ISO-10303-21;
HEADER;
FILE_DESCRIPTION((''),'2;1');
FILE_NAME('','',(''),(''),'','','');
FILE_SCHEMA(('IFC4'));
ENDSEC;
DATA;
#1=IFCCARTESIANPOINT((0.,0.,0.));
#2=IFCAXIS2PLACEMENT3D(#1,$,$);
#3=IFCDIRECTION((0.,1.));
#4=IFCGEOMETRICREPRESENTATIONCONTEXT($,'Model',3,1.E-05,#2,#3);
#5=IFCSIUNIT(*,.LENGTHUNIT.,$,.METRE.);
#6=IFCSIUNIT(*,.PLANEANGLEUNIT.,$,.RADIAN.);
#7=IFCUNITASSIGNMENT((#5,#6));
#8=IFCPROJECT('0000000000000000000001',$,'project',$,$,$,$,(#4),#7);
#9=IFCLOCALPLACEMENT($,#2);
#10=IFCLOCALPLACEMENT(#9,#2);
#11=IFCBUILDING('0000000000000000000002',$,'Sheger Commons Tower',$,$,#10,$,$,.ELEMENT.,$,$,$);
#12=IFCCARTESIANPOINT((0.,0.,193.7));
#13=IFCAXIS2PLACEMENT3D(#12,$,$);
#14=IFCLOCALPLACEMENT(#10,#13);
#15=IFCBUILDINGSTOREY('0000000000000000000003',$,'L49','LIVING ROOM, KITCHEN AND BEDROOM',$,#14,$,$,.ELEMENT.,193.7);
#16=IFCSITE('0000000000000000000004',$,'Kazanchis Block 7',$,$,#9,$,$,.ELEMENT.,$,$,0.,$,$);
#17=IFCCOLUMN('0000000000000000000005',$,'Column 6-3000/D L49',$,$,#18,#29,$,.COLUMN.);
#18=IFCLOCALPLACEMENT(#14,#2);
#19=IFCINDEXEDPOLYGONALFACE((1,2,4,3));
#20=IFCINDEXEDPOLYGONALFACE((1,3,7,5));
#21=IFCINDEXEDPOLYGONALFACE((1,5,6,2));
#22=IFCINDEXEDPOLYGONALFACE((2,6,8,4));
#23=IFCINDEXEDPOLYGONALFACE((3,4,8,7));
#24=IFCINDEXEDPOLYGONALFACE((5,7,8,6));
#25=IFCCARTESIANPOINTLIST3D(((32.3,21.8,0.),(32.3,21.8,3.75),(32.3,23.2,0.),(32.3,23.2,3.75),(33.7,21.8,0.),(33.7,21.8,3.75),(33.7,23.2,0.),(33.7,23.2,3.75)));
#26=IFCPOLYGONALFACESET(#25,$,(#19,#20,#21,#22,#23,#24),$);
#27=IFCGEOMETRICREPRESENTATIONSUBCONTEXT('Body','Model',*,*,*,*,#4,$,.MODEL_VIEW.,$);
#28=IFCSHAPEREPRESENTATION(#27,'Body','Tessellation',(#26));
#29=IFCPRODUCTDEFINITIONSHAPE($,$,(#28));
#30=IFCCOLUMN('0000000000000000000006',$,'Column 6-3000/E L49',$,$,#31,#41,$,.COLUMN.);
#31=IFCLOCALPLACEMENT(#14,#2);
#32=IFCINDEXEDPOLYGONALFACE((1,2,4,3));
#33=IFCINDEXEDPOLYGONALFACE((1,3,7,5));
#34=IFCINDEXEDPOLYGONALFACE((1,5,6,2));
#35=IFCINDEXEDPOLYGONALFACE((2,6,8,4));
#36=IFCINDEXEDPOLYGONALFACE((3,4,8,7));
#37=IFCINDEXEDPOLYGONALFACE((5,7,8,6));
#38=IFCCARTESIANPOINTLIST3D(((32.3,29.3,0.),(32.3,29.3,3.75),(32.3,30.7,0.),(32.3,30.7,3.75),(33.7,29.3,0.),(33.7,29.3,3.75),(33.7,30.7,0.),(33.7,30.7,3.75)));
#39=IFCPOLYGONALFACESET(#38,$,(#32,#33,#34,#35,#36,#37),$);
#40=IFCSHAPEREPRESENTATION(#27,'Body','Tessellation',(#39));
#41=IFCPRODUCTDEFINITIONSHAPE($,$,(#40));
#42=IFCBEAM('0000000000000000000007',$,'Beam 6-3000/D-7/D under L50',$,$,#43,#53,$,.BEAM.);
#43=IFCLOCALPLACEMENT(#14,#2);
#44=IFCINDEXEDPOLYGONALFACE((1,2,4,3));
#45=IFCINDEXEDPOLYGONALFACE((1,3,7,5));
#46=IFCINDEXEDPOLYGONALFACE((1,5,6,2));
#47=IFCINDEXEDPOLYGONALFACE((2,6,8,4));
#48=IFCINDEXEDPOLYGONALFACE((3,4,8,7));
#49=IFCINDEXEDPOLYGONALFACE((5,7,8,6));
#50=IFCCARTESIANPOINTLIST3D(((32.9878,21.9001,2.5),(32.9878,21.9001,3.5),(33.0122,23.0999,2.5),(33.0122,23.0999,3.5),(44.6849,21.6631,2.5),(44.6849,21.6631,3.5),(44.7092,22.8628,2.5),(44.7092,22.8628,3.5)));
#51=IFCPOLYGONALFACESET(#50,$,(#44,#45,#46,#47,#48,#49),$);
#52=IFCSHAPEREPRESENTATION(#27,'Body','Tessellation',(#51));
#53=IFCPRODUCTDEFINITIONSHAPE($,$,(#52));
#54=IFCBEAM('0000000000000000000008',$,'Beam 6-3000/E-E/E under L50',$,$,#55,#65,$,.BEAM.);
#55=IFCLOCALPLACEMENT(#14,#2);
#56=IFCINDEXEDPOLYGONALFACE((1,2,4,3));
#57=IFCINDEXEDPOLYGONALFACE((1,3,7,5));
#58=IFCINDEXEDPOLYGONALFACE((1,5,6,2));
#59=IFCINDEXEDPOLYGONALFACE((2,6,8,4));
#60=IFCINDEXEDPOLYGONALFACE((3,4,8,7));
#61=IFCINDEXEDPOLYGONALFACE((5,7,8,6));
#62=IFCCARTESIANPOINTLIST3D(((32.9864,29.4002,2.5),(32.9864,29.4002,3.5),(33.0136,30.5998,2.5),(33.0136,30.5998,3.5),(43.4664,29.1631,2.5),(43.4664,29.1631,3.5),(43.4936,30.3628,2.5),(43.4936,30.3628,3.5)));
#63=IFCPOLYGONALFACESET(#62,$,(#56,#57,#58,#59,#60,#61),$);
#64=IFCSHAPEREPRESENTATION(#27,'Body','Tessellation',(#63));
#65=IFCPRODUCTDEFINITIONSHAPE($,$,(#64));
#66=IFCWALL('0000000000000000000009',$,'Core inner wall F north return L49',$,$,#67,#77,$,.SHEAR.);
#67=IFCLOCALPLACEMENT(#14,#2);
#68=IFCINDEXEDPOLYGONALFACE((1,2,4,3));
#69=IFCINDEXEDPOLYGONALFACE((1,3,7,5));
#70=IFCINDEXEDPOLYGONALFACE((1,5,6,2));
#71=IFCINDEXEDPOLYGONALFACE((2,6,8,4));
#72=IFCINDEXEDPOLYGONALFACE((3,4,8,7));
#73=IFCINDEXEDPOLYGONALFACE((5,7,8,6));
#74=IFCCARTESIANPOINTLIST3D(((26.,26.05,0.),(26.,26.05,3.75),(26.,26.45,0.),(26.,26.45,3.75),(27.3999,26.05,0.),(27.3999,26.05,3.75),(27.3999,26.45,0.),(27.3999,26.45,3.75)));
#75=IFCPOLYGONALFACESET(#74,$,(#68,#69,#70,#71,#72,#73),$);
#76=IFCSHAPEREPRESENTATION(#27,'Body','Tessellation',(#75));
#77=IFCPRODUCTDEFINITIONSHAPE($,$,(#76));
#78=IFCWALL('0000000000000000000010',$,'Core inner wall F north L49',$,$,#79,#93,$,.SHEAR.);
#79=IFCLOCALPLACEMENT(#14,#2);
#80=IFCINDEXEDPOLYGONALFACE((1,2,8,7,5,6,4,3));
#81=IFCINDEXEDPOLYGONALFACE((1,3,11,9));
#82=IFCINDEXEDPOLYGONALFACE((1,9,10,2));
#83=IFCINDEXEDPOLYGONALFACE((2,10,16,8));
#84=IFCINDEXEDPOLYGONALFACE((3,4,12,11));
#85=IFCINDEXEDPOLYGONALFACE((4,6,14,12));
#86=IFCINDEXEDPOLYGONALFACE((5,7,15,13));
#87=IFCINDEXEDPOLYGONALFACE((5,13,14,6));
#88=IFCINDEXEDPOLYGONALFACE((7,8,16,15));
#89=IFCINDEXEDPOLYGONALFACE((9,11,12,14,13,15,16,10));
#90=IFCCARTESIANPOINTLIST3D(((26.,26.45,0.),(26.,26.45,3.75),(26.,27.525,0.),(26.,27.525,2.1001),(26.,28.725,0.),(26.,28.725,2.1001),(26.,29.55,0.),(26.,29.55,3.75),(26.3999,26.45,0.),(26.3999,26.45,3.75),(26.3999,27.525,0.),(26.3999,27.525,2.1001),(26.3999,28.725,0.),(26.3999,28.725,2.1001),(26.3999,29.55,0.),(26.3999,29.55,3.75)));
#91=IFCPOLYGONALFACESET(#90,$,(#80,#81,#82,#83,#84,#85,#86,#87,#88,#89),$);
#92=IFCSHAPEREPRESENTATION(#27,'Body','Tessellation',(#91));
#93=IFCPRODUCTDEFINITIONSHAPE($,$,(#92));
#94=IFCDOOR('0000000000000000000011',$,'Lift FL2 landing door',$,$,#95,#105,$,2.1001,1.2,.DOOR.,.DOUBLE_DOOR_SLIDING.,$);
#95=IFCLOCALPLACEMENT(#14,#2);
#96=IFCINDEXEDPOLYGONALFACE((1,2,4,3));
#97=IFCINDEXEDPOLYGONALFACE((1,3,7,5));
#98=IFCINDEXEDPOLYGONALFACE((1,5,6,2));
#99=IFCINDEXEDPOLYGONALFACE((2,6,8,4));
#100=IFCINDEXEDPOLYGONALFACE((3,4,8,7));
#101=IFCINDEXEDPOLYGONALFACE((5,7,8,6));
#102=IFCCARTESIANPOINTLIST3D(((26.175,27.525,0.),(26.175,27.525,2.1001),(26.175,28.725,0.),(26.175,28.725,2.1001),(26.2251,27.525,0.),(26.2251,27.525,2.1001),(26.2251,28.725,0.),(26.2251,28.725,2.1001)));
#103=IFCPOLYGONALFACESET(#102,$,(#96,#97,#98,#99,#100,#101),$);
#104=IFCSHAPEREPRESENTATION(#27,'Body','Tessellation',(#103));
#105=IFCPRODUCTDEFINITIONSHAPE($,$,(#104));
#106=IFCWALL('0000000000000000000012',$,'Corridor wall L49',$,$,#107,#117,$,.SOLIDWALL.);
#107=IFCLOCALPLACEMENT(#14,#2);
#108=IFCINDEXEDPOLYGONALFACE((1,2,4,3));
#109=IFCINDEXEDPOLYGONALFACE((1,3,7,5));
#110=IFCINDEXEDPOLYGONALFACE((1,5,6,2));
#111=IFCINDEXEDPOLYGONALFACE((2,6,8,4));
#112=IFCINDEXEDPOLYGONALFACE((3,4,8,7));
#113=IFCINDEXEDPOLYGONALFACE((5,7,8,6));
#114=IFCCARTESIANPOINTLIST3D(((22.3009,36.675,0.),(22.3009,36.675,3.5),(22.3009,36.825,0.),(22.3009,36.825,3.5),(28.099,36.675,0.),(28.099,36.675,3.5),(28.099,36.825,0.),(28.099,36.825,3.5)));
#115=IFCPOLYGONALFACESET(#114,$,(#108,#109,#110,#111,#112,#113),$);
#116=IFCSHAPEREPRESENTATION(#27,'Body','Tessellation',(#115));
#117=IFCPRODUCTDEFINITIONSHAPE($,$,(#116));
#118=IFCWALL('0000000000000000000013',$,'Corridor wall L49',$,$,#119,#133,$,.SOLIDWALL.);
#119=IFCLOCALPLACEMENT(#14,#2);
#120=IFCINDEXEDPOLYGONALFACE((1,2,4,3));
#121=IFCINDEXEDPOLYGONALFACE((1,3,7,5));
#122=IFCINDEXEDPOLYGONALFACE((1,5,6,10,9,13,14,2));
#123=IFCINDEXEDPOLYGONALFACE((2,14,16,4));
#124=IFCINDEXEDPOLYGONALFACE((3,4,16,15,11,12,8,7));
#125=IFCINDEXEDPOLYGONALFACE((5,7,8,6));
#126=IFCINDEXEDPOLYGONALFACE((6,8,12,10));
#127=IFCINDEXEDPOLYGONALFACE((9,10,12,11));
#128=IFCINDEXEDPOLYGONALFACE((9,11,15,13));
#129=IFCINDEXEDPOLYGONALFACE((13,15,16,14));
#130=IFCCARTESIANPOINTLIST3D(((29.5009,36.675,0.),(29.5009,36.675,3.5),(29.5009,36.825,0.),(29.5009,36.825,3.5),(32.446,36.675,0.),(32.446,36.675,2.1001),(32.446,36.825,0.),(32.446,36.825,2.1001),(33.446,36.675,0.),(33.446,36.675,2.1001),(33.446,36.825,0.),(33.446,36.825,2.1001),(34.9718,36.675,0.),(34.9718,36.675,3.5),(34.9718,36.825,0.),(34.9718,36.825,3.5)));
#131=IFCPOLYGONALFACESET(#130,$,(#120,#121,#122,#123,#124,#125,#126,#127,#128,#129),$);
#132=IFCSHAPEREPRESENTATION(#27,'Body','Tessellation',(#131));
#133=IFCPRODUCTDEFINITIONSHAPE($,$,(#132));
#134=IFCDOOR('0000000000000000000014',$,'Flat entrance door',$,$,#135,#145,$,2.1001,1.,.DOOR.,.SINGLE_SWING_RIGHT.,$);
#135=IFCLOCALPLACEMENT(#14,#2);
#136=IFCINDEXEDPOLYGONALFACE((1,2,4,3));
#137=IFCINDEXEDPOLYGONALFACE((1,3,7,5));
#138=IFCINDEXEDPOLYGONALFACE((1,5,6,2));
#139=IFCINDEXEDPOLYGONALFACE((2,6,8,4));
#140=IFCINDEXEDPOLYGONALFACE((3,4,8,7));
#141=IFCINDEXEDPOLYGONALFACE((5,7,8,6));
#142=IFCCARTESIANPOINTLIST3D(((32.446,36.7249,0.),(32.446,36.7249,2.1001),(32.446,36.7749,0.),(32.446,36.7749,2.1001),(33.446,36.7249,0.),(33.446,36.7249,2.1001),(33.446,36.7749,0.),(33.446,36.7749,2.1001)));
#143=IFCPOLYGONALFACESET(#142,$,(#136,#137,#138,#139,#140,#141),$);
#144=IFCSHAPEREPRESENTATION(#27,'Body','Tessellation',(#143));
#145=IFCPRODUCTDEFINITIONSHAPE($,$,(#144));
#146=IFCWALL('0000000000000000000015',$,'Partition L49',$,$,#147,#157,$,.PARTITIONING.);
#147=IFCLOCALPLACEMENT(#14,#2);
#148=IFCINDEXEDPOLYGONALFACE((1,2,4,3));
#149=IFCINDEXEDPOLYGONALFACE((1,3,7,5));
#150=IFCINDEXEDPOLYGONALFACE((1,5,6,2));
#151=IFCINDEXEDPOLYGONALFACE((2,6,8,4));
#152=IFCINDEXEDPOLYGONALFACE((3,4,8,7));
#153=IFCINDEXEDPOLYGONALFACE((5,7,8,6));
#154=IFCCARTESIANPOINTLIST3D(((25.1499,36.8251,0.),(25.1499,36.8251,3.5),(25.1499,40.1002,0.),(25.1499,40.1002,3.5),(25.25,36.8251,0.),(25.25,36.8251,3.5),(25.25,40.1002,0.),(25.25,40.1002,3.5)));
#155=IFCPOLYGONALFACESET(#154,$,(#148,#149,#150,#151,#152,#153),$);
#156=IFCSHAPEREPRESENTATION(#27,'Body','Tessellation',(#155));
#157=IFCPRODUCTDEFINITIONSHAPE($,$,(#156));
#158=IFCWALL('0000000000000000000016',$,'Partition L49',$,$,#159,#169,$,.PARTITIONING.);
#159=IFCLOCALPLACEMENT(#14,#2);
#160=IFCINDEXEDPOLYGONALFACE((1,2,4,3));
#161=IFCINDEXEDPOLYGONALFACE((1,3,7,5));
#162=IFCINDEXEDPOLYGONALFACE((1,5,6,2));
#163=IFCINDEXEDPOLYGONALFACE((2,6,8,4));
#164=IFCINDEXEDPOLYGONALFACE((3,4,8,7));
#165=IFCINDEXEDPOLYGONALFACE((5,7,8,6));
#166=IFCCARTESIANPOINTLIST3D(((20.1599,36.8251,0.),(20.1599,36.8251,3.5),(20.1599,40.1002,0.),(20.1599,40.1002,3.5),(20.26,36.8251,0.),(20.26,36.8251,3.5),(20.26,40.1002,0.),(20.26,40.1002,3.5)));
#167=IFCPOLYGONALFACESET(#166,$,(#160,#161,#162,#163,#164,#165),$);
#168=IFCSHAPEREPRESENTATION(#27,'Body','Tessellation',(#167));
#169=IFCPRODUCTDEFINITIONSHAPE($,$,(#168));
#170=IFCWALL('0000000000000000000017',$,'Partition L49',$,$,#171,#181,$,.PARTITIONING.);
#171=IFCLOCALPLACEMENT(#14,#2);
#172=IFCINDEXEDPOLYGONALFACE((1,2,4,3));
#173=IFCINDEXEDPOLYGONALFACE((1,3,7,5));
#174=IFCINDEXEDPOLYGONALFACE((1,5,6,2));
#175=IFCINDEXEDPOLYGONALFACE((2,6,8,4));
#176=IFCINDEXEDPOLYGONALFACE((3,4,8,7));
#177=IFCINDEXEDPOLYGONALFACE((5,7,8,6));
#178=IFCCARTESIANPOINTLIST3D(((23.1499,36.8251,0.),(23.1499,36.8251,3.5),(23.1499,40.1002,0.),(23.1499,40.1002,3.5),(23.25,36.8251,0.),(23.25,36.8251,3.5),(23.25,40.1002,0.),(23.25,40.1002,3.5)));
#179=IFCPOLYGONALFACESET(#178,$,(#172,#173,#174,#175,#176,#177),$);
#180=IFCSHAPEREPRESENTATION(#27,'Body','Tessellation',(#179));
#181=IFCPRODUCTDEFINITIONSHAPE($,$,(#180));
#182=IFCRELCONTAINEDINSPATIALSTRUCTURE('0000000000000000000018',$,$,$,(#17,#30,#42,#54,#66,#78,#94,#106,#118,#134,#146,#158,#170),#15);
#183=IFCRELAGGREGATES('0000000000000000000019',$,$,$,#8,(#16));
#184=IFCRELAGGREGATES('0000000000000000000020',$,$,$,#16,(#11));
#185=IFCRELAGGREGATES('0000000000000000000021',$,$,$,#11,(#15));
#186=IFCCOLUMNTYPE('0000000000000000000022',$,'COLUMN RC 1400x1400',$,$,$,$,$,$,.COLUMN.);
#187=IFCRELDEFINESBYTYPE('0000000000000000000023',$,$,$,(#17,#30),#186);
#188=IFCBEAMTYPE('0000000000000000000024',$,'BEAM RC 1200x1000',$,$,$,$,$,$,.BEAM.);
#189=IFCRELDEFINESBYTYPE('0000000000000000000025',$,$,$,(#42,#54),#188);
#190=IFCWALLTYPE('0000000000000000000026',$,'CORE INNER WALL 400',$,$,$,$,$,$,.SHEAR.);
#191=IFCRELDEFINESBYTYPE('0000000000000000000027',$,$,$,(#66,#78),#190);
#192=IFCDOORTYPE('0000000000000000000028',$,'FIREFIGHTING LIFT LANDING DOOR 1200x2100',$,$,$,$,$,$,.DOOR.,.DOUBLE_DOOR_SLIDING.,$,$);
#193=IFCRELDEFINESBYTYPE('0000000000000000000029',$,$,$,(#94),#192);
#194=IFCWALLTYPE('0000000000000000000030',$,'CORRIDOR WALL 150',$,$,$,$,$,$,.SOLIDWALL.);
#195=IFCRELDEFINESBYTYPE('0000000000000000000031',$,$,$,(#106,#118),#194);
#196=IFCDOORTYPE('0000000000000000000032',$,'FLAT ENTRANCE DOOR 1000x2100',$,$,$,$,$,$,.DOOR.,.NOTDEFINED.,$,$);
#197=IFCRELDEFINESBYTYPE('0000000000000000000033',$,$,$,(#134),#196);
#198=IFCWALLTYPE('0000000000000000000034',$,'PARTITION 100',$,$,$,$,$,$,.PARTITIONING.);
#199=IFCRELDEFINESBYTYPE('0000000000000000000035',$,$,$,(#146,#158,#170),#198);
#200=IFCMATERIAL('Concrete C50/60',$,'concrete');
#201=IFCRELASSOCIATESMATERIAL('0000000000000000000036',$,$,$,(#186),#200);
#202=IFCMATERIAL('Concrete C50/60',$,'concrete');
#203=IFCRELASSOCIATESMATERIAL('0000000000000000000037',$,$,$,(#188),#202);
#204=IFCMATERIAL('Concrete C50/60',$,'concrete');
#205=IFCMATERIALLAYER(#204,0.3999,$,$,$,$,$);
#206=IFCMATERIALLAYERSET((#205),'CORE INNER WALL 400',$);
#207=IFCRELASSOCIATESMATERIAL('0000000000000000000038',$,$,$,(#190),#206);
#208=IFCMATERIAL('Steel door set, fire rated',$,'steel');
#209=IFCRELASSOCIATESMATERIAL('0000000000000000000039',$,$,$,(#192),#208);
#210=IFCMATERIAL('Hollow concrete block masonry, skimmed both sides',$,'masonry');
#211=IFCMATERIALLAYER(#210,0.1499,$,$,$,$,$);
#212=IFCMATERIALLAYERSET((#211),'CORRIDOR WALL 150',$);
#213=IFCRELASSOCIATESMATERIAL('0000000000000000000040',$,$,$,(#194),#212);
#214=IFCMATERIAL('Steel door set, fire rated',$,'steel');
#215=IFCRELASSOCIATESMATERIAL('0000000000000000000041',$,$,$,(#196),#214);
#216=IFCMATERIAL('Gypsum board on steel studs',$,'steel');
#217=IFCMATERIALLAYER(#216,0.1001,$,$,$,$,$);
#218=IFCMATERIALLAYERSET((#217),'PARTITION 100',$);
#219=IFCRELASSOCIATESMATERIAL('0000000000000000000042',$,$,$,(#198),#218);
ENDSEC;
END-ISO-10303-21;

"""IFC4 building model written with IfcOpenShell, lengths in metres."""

from ifc_helpers import new_model, si_unit, direction, frame, frame_2d, origin, origin_2d, place, context, subcontext, project, spatial, rectangle, extrude, material, layer, layer_set, material_profile, profile_set, type_object, element, fill, save


model = new_model("IFC4")

# Units and contexts
model_context = context("Model", 3, precision=1e-05, world=origin(), true_north=direction((0.0, 1.0)))
body_context = subcontext(model_context, "Body", "Model", "MODEL_VIEW")
ifc_project = project(units=[si_unit("LENGTHUNIT", "METRE"), si_unit("PLANEANGLEUNIT", "RADIAN")], contexts=[model_context])

# Site, building, storey
site_placement = place(None, origin())
site = spatial("IfcSite", under=ifc_project, at=site_placement, Name="Kazanchis Block 7", CompositionType="ELEMENT", RefElevation=0.0)
building_placement = place(site_placement, origin())
building = spatial("IfcBuilding", under=site, at=building_placement, Name="Sheger Commons Tower", CompositionType="ELEMENT")
storey_placement = place(building_placement, frame((0.0, 0.0, 193.7)))
storey = spatial("IfcBuildingStorey", under=building, at=storey_placement, Name="L49", Description="LIVING ROOM, KITCHEN AND BEDROOM", CompositionType="ELEMENT", Elevation=193.7)

# Columns
ifc_material_1 = material(Name="Concrete C50/60", Category="concrete")
ifc_material_profile_1 = material_profile(ifc_material_1, rectangle(XDim=1.3999, YDim=1.3999, at=origin_2d()), Name="RC 1400x1400")
ifc_profile_set_1 = profile_set([ifc_material_profile_1], Name="Concrete C50/60")
column_type = type_object("IfcColumnType", Name="COLUMN RC 1400x1400", PredefinedType="COLUMN", material=ifc_profile_set_1)
for number, where, z_axis, x_axis, name in (
    (1, (33.0, 22.5, 0.0), (0.0, 0.0, 1.0), (1.0, 0.0, 0.0), "Column 6-3000/D L49"),
    (2, (33.0, 30.0, 0.0), (0.0, 0.0, 1.0), (1.0, 0.0, 0.0), "Column 6-3000/E L49"),
):
    element("IfcColumn", number, at=place(storey_placement, frame(where, z_axis=z_axis, x_axis=x_axis)), inside=storey, type_object=column_type, Name=name, PredefinedType="COLUMN", context=body_context, shape_type="SweptSolid", body=[
        extrude(rectangle(XDim=1.3999, YDim=1.3999, at=origin_2d()), origin(), (0.0, 0.0, 1.0), 3.75),
    ])

# Beams
ifc_material_2 = material(Name="Concrete C50/60", Category="concrete")
ifc_material_profile_2 = material_profile(ifc_material_2, rectangle(XDim=1.2, YDim=1.0, at=origin_2d()), Name="RC 1200x1000")
ifc_profile_set_2 = profile_set([ifc_material_profile_2], Name="Concrete C50/60")
beam_type = type_object("IfcBeamType", Name="BEAM RC 1200x1000", PredefinedType="BEAM", material=ifc_profile_set_2)
beam_1_placement = place(storey_placement, frame((33.0, 22.5, 3.0), z_axis=(0.999795, -0.020263, 0.0), x_axis=(0.020263, 0.999795, 0.0)))
element("IfcBeam", 3, at=beam_1_placement, inside=storey, type_object=beam_type, Name="Beam 6-3000/D-7/D under L50", PredefinedType="BEAM", context=body_context, shape_type="SweptSolid", body=[
    extrude(rectangle(XDim=1.2, YDim=1.0, at=origin_2d()), origin(), (0.0, 0.0, 1.0), 11.6995),
])
beam_2_placement = place(storey_placement, frame((33.0, 30.0, 3.0), z_axis=(0.999744, -0.022615, 0.0), x_axis=(0.022615, 0.999744, 0.0)))
element("IfcBeam", 4, at=beam_2_placement, inside=storey, type_object=beam_type, Name="Beam 6-3000/E-E/E under L50", PredefinedType="BEAM", context=body_context, shape_type="SweptSolid", body=[
    extrude(rectangle(XDim=1.2, YDim=1.0, at=origin_2d()), origin(), (0.0, 0.0, 1.0), 10.4827),
])

# Wall
ifc_material_3 = material(Name="Concrete C50/60", Category="concrete")
ifc_layer_1 = layer(ifc_material_3, 0.3999)
ifc_layer_set_1 = layer_set([ifc_layer_1], Name="CORE INNER WALL 400")
wall_type_1 = type_object("IfcWallType", Name="CORE INNER WALL 400", PredefinedType="SHEAR", material=ifc_layer_set_1)
wall_1_placement = place(storey_placement, frame((26.0, 26.25, 0.0), z_axis=(0.0, 0.0, 1.0), x_axis=(1.0, 0.0, 0.0)))
element("IfcWall", 5, at=wall_1_placement, inside=storey, type_object=wall_type_1, Name="Core inner wall F north return L49", PredefinedType="SHEAR", context=body_context, shape_type="SweptSolid", body=[
    extrude(rectangle(XDim=1.3999, YDim=0.3999, at=frame_2d((0.7, 0.0))), origin(), (0.0, 0.0, 1.0), 3.75),
])

# Wall, opening, door
wall_2_placement = place(storey_placement, frame((26.2, 26.45, 0.0), z_axis=(0.0, 0.0, 1.0), x_axis=(0.0, 1.0, 0.0)))
wall_2 = element("IfcWall", 6, at=wall_2_placement, inside=storey, type_object=wall_type_1, Name="Core inner wall F north L49", PredefinedType="SHEAR", context=body_context, shape_type="SweptSolid", body=[
    extrude(rectangle(XDim=3.1001, YDim=0.3999, at=frame_2d((1.55, 0.0))), origin(), (0.0, 0.0, 1.0), 3.75),
])
opening_1_placement = place(wall_2_placement, frame((1.075, 0.0, 0.0)))
opening_1 = element("IfcOpeningElement", 7, at=opening_1_placement, cuts=wall_2, PredefinedType="OPENING", context=body_context, shape_type="SweptSolid", body=[
    extrude(rectangle(XDim=1.2, YDim=2.1001, at=frame_2d((0.6001, 1.05))), frame((0.0, 0.21, 0.0), z_axis=(0.0, -1.0, 0.0), x_axis=(1.0, 0.0, 0.0)), (0.0, 0.0, 1.0), 0.4199),
])
ifc_material_4 = material(Name="Steel door set, fire rated", Category="steel")
door_type_1 = type_object("IfcDoorType", Name="FIREFIGHTING LIFT LANDING DOOR 1200x2100", OperationType="DOUBLE_DOOR_SLIDING", PredefinedType="DOOR", material=ifc_material_4)
door_1_placement = place(opening_1_placement, origin())
door_1 = element("IfcDoor", 8, at=door_1_placement, inside=storey, type_object=door_type_1, Name="Lift FL2 landing door", OperationType="DOUBLE_DOOR_SLIDING", OverallHeight=2.1001, OverallWidth=1.2, PredefinedType="DOOR", context=body_context, shape_type="SweptSolid", body=[
    extrude(rectangle(XDim=1.2, YDim=2.1001, at=frame_2d((0.6001, 1.05))), frame((0.0, 0.0249, 0.0), z_axis=(0.0, -1.0, 0.0), x_axis=(1.0, 0.0, 0.0)), (0.0, 0.0, 1.0), 0.05),
])
fill(opening_1, door_1)

# Wall
ifc_material_5 = material(Name="Hollow concrete block masonry, skimmed both sides", Category="masonry")
ifc_layer_2 = layer(ifc_material_5, 0.1499)
ifc_layer_set_2 = layer_set([ifc_layer_2], Name="CORRIDOR WALL 150")
wall_type_2 = type_object("IfcWallType", Name="CORRIDOR WALL 150", PredefinedType="SOLIDWALL", material=ifc_layer_set_2)
wall_3_placement = place(storey_placement, frame((22.301, 36.75, 0.0), z_axis=(0.0, 0.0, 1.0), x_axis=(1.0, 0.0, 0.0)))
element("IfcWall", 9, at=wall_3_placement, inside=storey, type_object=wall_type_2, Name="Corridor wall L49", PredefinedType="SOLIDWALL", context=body_context, shape_type="SweptSolid", body=[
    extrude(rectangle(XDim=5.7981, YDim=0.1499, at=frame_2d((2.8989, 0.0))), origin(), (0.0, 0.0, 1.0), 3.5),
])

# Wall, opening, door
wall_4_placement = place(storey_placement, frame((29.501, 36.75, 0.0), z_axis=(0.0, 0.0, 1.0), x_axis=(1.0, 0.0, 0.0)))
wall_4 = element("IfcWall", 10, at=wall_4_placement, inside=storey, type_object=wall_type_2, Name="Corridor wall L49", PredefinedType="SOLIDWALL", context=body_context, shape_type="SweptSolid", body=[
    extrude(rectangle(XDim=5.4709, YDim=0.1499, at=frame_2d((2.7354, 0.0))), origin(), (0.0, 0.0, 1.0), 3.5),
])
opening_2_placement = place(wall_4_placement, frame((2.9451, 0.0, 0.0)))
opening_2 = element("IfcOpeningElement", 11, at=opening_2_placement, cuts=wall_4, PredefinedType="OPENING", context=body_context, shape_type="SweptSolid", body=[
    extrude(rectangle(XDim=1.0, YDim=2.1001, at=frame_2d((0.5, 1.05))), frame((0.0, 0.085, 0.0), z_axis=(0.0, -1.0, 0.0), x_axis=(1.0, 0.0, 0.0)), (0.0, 0.0, 1.0), 0.1699),
])
ifc_material_6 = material(Name="Steel door set, fire rated", Category="steel")
door_type_2 = type_object("IfcDoorType", Name="FLAT ENTRANCE DOOR 1000x2100", OperationType="NOTDEFINED", PredefinedType="DOOR", material=ifc_material_6)
door_2_placement = place(opening_2_placement, origin())
door_2 = element("IfcDoor", 12, at=door_2_placement, inside=storey, type_object=door_type_2, Name="Flat entrance door", OperationType="SINGLE_SWING_RIGHT", OverallHeight=2.1001, OverallWidth=1.0, PredefinedType="DOOR", context=body_context, shape_type="SweptSolid", body=[
    extrude(rectangle(XDim=1.0, YDim=2.1001, at=frame_2d((0.5, 1.05))), frame((0.0, 0.0249, 0.0), z_axis=(0.0, -1.0, 0.0), x_axis=(1.0, 0.0, 0.0)), (0.0, 0.0, 1.0), 0.05),
])
fill(opening_2, door_2)

# Walls
ifc_material_7 = material(Name="Gypsum board on steel studs", Category="steel")
ifc_layer_3 = layer(ifc_material_7, 0.1001)
ifc_layer_set_3 = layer_set([ifc_layer_3], Name="PARTITION 100")
wall_type_3 = type_object("IfcWallType", Name="PARTITION 100", PredefinedType="PARTITIONING", material=ifc_layer_set_3)
for number, where, z_axis, x_axis, name in (
    (13, (25.2, 36.825, 0.0), (0.0, 0.0, 1.0), (0.0, 1.0, 0.0), "Partition L49"),
    (14, (20.21, 36.825, 0.0), (0.0, 0.0, 1.0), (0.0, 1.0, 0.0), "Partition L49"),
    (15, (23.2, 36.825, 0.0), (0.0, 0.0, 1.0), (0.0, 1.0, 0.0), "Partition L49"),
):
    element("IfcWall", number, at=place(storey_placement, frame(where, z_axis=z_axis, x_axis=x_axis)), inside=storey, type_object=wall_type_3, Name=name, PredefinedType="PARTITIONING", context=body_context, shape_type="SweptSolid", body=[
        extrude(rectangle(XDim=3.2751, YDim=0.1001, at=frame_2d((1.6377, 0.0))), origin(), (0.0, 0.0, 1.0), 3.5),
    ])

save(model, "model.ifc")
